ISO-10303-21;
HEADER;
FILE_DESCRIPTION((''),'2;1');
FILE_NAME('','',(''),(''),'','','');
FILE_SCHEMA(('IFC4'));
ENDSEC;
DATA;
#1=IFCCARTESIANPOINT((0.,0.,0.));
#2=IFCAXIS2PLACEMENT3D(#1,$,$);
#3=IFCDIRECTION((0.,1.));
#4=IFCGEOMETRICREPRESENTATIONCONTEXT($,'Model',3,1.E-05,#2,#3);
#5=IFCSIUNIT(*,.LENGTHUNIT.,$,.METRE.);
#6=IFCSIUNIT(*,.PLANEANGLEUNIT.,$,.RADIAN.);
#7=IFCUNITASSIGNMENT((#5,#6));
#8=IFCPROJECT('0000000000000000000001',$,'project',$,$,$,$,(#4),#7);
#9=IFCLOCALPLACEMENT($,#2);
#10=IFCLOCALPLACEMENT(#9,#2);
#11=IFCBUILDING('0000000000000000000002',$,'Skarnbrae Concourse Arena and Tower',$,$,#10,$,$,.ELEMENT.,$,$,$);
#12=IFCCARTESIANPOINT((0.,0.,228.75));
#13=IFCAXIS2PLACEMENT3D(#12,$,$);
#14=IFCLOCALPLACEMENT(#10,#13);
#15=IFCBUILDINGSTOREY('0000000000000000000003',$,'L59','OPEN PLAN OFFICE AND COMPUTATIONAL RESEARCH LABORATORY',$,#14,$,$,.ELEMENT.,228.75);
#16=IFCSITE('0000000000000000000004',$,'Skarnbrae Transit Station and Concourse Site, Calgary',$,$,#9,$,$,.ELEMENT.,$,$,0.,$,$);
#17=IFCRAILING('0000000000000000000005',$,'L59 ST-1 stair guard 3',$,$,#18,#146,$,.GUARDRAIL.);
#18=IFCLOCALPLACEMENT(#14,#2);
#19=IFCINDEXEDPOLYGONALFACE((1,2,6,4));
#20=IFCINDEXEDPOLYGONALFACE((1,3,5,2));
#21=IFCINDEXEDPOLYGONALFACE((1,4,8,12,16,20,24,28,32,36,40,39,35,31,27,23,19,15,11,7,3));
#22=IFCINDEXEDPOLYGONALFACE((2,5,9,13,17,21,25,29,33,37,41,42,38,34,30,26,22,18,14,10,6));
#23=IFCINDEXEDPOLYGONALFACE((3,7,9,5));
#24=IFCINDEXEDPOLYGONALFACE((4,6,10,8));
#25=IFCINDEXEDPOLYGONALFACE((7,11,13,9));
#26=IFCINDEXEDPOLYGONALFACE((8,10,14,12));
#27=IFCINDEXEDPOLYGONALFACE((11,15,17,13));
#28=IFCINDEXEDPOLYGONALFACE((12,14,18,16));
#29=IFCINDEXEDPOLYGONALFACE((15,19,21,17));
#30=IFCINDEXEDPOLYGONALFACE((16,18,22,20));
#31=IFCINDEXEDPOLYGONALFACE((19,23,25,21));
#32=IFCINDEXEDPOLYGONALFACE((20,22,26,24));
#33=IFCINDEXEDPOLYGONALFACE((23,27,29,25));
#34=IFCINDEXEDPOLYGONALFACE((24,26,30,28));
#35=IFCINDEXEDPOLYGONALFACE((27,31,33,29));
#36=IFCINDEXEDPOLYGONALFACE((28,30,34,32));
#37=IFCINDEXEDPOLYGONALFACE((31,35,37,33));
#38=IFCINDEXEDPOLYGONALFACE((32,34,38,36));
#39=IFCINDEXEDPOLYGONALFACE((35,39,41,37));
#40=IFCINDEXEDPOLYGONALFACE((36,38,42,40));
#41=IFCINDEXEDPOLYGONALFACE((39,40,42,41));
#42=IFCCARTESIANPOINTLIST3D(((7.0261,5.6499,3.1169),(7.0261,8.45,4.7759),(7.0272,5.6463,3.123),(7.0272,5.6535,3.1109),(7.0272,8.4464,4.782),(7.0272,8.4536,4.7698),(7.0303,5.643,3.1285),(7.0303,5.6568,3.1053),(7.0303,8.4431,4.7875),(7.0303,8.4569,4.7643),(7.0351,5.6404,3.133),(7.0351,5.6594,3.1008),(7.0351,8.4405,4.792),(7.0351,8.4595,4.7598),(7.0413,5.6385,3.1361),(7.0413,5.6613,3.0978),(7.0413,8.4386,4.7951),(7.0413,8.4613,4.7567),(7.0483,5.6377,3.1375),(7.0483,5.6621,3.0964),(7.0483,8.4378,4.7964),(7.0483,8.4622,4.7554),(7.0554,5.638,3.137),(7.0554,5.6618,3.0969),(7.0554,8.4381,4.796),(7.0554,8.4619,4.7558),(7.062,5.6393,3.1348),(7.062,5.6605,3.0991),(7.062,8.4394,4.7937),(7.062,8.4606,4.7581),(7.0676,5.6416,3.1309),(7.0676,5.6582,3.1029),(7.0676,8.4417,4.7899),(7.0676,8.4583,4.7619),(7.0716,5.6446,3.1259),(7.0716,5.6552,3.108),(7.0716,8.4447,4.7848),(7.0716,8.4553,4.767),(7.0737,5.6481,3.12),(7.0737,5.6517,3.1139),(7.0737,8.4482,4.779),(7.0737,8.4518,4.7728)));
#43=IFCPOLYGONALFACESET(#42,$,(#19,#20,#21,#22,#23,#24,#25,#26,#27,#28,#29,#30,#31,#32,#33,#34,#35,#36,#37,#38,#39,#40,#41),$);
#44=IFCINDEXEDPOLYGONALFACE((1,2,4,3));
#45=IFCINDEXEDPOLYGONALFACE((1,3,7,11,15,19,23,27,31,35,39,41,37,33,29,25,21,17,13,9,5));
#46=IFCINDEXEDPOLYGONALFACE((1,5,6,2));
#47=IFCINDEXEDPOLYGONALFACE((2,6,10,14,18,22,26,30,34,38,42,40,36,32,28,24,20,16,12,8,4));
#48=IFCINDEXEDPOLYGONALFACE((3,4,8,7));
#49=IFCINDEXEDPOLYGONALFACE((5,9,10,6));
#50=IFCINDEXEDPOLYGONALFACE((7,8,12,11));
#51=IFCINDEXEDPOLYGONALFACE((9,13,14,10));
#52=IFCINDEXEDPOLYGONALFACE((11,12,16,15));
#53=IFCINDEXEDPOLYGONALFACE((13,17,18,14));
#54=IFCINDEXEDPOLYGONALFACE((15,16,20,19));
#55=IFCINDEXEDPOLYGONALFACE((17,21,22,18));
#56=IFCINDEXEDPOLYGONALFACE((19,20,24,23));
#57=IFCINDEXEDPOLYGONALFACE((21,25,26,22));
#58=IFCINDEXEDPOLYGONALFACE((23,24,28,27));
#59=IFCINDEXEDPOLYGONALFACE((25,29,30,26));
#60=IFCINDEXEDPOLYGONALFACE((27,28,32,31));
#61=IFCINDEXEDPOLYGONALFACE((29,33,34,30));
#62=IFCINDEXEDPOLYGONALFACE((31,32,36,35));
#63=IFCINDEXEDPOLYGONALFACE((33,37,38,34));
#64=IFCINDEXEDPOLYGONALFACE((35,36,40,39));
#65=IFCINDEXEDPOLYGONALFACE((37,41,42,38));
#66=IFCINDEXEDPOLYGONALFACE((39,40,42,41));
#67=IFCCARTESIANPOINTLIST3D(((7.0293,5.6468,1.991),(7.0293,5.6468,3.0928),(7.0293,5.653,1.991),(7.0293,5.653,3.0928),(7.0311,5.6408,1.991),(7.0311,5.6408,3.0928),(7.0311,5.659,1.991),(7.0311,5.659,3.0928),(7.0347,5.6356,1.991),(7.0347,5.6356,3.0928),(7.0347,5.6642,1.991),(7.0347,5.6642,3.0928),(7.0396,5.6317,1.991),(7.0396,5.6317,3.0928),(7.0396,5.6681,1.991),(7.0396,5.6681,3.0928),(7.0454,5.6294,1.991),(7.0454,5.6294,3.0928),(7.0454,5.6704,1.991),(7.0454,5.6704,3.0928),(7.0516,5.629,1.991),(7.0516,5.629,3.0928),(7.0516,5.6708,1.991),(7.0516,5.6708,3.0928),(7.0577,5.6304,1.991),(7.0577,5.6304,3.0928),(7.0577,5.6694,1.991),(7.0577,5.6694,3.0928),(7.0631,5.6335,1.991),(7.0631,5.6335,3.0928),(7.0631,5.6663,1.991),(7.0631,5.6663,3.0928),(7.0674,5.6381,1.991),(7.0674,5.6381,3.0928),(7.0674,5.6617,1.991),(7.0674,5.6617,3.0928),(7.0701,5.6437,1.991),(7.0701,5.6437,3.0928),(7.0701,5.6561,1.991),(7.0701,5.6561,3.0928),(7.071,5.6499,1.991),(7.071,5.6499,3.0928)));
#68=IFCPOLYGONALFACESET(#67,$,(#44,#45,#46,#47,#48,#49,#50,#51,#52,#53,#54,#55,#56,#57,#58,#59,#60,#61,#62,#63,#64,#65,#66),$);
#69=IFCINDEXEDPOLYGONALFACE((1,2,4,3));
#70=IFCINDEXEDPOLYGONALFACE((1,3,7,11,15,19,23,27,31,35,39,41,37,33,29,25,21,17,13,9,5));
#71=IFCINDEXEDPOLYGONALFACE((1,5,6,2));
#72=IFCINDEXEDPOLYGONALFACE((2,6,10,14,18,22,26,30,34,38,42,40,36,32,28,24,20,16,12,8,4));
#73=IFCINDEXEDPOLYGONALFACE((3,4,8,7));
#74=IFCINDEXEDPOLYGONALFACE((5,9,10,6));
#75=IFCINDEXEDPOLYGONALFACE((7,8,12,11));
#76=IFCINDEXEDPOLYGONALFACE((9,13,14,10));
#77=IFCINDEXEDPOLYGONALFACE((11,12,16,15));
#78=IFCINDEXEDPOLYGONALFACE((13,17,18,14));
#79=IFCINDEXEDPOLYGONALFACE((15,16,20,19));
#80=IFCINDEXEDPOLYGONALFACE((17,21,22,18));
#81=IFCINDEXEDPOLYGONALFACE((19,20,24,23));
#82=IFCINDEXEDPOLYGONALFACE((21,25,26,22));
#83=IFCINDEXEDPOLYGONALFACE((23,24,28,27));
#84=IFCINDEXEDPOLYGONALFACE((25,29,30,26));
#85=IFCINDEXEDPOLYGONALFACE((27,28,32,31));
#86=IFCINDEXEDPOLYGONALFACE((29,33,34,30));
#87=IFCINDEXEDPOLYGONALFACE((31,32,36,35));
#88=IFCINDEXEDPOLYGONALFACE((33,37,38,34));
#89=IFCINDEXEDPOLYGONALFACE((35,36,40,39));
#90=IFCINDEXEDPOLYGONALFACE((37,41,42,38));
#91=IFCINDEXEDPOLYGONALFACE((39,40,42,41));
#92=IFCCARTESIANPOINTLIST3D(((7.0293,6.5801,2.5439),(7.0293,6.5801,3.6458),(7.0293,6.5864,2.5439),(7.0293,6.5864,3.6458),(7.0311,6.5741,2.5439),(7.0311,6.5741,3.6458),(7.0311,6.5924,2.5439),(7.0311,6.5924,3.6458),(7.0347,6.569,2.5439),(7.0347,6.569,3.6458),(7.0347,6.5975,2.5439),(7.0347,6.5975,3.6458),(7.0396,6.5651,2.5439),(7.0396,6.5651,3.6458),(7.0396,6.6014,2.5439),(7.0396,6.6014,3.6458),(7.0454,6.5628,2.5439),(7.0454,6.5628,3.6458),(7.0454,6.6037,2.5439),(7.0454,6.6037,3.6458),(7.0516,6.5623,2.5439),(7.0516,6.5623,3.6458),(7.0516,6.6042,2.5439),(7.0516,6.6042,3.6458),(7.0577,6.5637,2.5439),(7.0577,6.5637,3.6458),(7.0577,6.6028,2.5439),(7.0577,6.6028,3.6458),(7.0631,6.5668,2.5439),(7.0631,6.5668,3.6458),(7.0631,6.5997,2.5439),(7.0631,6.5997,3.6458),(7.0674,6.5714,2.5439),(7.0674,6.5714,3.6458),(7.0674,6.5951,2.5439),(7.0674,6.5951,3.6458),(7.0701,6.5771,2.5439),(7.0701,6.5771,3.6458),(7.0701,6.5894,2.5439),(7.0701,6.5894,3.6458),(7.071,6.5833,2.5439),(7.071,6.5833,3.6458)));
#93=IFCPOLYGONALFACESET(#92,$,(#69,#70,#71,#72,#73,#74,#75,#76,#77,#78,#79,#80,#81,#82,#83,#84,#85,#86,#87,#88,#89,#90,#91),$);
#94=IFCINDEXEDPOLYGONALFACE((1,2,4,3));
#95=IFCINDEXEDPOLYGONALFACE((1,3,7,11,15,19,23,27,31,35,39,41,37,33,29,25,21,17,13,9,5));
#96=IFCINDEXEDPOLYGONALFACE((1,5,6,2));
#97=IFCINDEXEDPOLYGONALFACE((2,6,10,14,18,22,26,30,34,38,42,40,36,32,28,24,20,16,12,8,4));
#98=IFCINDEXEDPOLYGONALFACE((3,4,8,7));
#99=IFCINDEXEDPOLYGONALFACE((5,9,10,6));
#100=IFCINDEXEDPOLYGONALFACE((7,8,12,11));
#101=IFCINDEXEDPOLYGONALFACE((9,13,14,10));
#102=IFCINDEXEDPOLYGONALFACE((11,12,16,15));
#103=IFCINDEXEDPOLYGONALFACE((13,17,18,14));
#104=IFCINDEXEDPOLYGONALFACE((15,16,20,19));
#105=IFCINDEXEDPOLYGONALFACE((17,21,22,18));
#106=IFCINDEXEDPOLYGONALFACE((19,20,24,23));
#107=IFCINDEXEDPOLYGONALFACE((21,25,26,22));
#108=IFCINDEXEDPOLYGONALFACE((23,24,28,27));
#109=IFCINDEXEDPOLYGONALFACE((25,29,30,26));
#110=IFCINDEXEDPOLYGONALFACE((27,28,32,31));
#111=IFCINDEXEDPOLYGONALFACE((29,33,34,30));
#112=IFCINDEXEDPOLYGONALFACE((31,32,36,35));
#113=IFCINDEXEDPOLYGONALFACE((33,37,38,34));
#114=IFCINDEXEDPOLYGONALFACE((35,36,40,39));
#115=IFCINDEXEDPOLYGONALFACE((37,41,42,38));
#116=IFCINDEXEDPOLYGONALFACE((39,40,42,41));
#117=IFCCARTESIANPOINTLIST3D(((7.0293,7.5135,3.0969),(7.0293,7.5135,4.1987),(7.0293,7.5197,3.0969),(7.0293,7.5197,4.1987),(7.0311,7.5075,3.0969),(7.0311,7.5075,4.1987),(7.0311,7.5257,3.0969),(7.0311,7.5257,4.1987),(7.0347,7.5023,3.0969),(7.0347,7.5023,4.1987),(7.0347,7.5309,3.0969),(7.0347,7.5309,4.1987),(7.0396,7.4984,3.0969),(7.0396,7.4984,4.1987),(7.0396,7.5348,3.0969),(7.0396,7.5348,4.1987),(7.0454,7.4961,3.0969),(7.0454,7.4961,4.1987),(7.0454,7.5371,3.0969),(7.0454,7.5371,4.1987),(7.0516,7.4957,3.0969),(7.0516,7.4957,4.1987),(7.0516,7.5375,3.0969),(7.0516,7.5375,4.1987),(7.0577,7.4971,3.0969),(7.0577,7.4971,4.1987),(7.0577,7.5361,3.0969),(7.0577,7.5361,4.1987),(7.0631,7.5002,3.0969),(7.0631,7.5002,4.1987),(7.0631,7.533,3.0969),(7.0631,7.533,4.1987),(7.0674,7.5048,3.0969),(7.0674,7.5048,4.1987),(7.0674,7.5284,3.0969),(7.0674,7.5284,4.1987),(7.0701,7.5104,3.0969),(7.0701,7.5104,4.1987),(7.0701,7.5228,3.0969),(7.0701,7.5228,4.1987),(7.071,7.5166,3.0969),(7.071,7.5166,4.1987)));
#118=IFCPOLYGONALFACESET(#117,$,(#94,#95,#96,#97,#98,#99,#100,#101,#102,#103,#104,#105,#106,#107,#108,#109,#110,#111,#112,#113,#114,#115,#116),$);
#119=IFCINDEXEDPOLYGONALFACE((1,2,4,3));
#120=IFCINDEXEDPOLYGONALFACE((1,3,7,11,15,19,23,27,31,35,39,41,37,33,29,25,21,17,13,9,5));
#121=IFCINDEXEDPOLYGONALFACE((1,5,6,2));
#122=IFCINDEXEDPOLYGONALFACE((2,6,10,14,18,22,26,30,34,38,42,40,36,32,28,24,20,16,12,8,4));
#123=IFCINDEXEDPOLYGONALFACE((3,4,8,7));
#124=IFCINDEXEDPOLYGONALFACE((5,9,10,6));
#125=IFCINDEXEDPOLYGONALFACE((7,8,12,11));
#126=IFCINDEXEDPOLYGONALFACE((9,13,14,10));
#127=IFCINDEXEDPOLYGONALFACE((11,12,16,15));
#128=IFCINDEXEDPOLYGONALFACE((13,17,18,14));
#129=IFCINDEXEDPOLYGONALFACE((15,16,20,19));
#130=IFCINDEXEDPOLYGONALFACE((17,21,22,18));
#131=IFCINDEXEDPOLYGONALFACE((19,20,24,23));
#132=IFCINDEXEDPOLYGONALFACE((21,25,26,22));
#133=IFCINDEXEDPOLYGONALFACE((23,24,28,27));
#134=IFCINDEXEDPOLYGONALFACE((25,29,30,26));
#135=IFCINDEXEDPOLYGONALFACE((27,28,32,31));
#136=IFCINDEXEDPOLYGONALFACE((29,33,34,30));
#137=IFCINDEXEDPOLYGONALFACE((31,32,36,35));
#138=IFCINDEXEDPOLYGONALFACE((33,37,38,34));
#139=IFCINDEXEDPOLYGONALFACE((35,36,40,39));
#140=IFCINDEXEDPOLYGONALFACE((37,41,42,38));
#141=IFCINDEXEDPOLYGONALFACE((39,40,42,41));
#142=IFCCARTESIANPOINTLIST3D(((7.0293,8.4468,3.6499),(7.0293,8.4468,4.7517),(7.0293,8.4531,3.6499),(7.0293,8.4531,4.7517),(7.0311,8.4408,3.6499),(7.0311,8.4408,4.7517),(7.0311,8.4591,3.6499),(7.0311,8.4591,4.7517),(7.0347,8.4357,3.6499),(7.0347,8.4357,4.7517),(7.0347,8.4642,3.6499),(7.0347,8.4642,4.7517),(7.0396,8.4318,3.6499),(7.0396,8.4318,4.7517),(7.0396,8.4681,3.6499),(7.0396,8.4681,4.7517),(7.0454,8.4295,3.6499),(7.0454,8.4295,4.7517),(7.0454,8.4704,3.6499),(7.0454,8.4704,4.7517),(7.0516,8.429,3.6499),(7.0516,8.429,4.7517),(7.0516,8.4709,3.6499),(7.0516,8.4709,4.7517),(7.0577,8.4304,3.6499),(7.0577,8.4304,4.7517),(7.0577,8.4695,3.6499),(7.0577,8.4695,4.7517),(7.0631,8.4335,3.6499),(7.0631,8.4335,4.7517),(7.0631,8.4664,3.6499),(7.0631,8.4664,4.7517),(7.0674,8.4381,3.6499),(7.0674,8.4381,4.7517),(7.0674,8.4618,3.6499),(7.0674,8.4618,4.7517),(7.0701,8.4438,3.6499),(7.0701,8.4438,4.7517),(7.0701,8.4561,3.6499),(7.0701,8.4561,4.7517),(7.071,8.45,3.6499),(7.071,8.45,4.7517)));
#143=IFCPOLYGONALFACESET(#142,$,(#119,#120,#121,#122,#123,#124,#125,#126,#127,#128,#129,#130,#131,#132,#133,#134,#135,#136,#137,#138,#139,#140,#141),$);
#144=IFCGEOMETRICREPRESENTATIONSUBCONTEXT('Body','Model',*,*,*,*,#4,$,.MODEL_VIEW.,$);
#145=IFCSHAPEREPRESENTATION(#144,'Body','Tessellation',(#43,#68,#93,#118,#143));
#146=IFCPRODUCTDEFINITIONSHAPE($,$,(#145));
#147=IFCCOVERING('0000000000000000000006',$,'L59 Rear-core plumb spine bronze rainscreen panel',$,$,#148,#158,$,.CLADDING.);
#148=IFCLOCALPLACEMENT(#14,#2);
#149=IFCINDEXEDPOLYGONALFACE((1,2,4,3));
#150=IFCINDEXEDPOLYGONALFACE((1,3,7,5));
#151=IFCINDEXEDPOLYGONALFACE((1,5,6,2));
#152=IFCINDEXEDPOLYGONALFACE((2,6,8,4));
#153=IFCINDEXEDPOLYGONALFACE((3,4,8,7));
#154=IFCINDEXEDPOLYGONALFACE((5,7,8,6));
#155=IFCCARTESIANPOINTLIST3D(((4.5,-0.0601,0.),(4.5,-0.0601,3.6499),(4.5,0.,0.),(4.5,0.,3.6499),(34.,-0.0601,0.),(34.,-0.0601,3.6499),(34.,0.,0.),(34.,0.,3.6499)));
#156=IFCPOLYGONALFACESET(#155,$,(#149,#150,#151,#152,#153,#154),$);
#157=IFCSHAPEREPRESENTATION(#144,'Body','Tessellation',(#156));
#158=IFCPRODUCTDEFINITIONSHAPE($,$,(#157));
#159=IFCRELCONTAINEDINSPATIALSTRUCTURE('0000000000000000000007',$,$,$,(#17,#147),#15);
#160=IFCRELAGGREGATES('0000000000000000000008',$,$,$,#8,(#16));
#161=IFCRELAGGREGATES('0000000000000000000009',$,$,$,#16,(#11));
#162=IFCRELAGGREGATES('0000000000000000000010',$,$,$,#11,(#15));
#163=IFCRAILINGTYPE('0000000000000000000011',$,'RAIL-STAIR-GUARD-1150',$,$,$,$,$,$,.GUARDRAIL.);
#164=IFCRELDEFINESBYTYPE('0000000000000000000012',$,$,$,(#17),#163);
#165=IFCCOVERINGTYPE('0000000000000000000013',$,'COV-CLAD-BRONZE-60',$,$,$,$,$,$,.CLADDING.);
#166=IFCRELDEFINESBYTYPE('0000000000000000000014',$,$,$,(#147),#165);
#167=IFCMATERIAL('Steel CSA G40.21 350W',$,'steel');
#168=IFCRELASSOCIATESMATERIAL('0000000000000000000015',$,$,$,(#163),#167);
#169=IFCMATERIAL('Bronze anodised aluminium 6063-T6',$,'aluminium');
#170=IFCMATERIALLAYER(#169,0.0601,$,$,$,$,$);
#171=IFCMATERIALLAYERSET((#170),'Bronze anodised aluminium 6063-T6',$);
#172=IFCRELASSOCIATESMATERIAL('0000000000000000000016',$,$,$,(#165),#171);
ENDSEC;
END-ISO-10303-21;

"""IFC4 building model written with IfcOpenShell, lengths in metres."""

from ifc_helpers import new_model, si_unit, direction, frame, origin, origin_2d, place, context, subcontext, project, spatial, rectangle, circle, extrude, source, transform, mapped, material, layer, layer_set, type_object, element, save


model = new_model("IFC4")

# Units and contexts
model_context = context("Model", 3, precision=1e-05, world=origin(), true_north=direction((0.0, 1.0)))
body_context = subcontext(model_context, "Body", "Model", "MODEL_VIEW")
ifc_project = project(units=[si_unit("LENGTHUNIT", "METRE"), si_unit("PLANEANGLEUNIT", "RADIAN")], contexts=[model_context])

# Site, building, storey
site_placement = place(None, origin())
site = spatial("IfcSite", under=ifc_project, at=site_placement, Name="Skarnbrae Transit Station and Concourse Site, Calgary", CompositionType="ELEMENT", RefElevation=0.0)
building_placement = place(site_placement, origin())
building = spatial("IfcBuilding", under=site, at=building_placement, Name="Skarnbrae Concourse Arena and Tower", CompositionType="ELEMENT")
storey_placement = place(building_placement, frame((0.0, 0.0, 228.75)))
storey = spatial("IfcBuildingStorey", under=building, at=storey_placement, Name="L59", Description="OPEN PLAN OFFICE AND COMPUTATIONAL RESEARCH LABORATORY", CompositionType="ELEMENT", Elevation=228.75)

# Shared definitions
ifc_material_1 = material(Name="Steel CSA G40.21 350W", Category="steel")

# Shared definitions
ifc_material_2 = material(Name="Bronze anodised aluminium 6063-T6", Category="aluminium")

# Railing
railing_type_1 = type_object("IfcRailingType", Name="RAIL-STAIR-GUARD-1150", PredefinedType="GUARDRAIL", material=ifc_material_1)
railing_1_placement = place(storey_placement, frame((7.05, 5.6499, 1.991)))
element("IfcRailing", 1, at=railing_1_placement, inside=storey, type_object=railing_type_1, Name="L59 ST-1 stair guard 3", PredefinedType="GUARDRAIL", context=body_context, shape_type="SweptSolid", body=[
    extrude(circle(Radius=0.0239, at=origin_2d()), frame((0.0, 0.0, 1.126), z_axis=(0.0, 0.860339, 0.509722), x_axis=(-1.0, 0.0, 0.0)), (0.0, 0.0, 1.0), 3.2546),
    extrude(circle(Radius=0.021, at=origin_2d()), origin(), (0.0, 0.0, 1.0), 1.1018),
    extrude(circle(Radius=0.021, at=origin_2d()), frame((0.0, 0.9333, 0.553)), (0.0, 0.0, 1.0), 1.1018),
    extrude(circle(Radius=0.021, at=origin_2d()), frame((0.0, 1.8667, 1.106)), (0.0, 0.0, 1.0), 1.1018),
    extrude(circle(Radius=0.021, at=origin_2d()), frame((0.0, 2.8, 1.6589)), (0.0, 0.0, 1.0), 1.1018),
])

# Covering
ifc_layer_1 = layer(ifc_material_2, 0.0601)
ifc_layer_set_1 = layer_set([ifc_layer_1], Name="Bronze anodised aluminium 6063-T6")
covering_type = type_object("IfcCoveringType", Name="COV-CLAD-BRONZE-60", PredefinedType="CLADDING", material=ifc_layer_set_1)
shared_shape_1 = source(origin(), body_context, "Body", "SweptSolid", [
    extrude(rectangle(XDim=29.5, YDim=0.0601, at=origin_2d()), origin(), (0.0, 0.0, 1.0), 3.6499),
])
covering_placement = place(storey_placement, frame((19.25, -0.03, 0.0), z_axis=(0.0, 0.0, 1.0), x_axis=(1.0, 0.0, 0.0)))
element("IfcCovering", 2, at=covering_placement, inside=storey, type_object=covering_type, Name="L59 Rear-core plumb spine bronze rainscreen panel", PredefinedType="CLADDING", context=body_context, shape_type="MappedRepresentation", body=[
    mapped(shared_shape_1, transform((0.0, 0.0, 0.0))),
])

save(model, "model.ifc")
